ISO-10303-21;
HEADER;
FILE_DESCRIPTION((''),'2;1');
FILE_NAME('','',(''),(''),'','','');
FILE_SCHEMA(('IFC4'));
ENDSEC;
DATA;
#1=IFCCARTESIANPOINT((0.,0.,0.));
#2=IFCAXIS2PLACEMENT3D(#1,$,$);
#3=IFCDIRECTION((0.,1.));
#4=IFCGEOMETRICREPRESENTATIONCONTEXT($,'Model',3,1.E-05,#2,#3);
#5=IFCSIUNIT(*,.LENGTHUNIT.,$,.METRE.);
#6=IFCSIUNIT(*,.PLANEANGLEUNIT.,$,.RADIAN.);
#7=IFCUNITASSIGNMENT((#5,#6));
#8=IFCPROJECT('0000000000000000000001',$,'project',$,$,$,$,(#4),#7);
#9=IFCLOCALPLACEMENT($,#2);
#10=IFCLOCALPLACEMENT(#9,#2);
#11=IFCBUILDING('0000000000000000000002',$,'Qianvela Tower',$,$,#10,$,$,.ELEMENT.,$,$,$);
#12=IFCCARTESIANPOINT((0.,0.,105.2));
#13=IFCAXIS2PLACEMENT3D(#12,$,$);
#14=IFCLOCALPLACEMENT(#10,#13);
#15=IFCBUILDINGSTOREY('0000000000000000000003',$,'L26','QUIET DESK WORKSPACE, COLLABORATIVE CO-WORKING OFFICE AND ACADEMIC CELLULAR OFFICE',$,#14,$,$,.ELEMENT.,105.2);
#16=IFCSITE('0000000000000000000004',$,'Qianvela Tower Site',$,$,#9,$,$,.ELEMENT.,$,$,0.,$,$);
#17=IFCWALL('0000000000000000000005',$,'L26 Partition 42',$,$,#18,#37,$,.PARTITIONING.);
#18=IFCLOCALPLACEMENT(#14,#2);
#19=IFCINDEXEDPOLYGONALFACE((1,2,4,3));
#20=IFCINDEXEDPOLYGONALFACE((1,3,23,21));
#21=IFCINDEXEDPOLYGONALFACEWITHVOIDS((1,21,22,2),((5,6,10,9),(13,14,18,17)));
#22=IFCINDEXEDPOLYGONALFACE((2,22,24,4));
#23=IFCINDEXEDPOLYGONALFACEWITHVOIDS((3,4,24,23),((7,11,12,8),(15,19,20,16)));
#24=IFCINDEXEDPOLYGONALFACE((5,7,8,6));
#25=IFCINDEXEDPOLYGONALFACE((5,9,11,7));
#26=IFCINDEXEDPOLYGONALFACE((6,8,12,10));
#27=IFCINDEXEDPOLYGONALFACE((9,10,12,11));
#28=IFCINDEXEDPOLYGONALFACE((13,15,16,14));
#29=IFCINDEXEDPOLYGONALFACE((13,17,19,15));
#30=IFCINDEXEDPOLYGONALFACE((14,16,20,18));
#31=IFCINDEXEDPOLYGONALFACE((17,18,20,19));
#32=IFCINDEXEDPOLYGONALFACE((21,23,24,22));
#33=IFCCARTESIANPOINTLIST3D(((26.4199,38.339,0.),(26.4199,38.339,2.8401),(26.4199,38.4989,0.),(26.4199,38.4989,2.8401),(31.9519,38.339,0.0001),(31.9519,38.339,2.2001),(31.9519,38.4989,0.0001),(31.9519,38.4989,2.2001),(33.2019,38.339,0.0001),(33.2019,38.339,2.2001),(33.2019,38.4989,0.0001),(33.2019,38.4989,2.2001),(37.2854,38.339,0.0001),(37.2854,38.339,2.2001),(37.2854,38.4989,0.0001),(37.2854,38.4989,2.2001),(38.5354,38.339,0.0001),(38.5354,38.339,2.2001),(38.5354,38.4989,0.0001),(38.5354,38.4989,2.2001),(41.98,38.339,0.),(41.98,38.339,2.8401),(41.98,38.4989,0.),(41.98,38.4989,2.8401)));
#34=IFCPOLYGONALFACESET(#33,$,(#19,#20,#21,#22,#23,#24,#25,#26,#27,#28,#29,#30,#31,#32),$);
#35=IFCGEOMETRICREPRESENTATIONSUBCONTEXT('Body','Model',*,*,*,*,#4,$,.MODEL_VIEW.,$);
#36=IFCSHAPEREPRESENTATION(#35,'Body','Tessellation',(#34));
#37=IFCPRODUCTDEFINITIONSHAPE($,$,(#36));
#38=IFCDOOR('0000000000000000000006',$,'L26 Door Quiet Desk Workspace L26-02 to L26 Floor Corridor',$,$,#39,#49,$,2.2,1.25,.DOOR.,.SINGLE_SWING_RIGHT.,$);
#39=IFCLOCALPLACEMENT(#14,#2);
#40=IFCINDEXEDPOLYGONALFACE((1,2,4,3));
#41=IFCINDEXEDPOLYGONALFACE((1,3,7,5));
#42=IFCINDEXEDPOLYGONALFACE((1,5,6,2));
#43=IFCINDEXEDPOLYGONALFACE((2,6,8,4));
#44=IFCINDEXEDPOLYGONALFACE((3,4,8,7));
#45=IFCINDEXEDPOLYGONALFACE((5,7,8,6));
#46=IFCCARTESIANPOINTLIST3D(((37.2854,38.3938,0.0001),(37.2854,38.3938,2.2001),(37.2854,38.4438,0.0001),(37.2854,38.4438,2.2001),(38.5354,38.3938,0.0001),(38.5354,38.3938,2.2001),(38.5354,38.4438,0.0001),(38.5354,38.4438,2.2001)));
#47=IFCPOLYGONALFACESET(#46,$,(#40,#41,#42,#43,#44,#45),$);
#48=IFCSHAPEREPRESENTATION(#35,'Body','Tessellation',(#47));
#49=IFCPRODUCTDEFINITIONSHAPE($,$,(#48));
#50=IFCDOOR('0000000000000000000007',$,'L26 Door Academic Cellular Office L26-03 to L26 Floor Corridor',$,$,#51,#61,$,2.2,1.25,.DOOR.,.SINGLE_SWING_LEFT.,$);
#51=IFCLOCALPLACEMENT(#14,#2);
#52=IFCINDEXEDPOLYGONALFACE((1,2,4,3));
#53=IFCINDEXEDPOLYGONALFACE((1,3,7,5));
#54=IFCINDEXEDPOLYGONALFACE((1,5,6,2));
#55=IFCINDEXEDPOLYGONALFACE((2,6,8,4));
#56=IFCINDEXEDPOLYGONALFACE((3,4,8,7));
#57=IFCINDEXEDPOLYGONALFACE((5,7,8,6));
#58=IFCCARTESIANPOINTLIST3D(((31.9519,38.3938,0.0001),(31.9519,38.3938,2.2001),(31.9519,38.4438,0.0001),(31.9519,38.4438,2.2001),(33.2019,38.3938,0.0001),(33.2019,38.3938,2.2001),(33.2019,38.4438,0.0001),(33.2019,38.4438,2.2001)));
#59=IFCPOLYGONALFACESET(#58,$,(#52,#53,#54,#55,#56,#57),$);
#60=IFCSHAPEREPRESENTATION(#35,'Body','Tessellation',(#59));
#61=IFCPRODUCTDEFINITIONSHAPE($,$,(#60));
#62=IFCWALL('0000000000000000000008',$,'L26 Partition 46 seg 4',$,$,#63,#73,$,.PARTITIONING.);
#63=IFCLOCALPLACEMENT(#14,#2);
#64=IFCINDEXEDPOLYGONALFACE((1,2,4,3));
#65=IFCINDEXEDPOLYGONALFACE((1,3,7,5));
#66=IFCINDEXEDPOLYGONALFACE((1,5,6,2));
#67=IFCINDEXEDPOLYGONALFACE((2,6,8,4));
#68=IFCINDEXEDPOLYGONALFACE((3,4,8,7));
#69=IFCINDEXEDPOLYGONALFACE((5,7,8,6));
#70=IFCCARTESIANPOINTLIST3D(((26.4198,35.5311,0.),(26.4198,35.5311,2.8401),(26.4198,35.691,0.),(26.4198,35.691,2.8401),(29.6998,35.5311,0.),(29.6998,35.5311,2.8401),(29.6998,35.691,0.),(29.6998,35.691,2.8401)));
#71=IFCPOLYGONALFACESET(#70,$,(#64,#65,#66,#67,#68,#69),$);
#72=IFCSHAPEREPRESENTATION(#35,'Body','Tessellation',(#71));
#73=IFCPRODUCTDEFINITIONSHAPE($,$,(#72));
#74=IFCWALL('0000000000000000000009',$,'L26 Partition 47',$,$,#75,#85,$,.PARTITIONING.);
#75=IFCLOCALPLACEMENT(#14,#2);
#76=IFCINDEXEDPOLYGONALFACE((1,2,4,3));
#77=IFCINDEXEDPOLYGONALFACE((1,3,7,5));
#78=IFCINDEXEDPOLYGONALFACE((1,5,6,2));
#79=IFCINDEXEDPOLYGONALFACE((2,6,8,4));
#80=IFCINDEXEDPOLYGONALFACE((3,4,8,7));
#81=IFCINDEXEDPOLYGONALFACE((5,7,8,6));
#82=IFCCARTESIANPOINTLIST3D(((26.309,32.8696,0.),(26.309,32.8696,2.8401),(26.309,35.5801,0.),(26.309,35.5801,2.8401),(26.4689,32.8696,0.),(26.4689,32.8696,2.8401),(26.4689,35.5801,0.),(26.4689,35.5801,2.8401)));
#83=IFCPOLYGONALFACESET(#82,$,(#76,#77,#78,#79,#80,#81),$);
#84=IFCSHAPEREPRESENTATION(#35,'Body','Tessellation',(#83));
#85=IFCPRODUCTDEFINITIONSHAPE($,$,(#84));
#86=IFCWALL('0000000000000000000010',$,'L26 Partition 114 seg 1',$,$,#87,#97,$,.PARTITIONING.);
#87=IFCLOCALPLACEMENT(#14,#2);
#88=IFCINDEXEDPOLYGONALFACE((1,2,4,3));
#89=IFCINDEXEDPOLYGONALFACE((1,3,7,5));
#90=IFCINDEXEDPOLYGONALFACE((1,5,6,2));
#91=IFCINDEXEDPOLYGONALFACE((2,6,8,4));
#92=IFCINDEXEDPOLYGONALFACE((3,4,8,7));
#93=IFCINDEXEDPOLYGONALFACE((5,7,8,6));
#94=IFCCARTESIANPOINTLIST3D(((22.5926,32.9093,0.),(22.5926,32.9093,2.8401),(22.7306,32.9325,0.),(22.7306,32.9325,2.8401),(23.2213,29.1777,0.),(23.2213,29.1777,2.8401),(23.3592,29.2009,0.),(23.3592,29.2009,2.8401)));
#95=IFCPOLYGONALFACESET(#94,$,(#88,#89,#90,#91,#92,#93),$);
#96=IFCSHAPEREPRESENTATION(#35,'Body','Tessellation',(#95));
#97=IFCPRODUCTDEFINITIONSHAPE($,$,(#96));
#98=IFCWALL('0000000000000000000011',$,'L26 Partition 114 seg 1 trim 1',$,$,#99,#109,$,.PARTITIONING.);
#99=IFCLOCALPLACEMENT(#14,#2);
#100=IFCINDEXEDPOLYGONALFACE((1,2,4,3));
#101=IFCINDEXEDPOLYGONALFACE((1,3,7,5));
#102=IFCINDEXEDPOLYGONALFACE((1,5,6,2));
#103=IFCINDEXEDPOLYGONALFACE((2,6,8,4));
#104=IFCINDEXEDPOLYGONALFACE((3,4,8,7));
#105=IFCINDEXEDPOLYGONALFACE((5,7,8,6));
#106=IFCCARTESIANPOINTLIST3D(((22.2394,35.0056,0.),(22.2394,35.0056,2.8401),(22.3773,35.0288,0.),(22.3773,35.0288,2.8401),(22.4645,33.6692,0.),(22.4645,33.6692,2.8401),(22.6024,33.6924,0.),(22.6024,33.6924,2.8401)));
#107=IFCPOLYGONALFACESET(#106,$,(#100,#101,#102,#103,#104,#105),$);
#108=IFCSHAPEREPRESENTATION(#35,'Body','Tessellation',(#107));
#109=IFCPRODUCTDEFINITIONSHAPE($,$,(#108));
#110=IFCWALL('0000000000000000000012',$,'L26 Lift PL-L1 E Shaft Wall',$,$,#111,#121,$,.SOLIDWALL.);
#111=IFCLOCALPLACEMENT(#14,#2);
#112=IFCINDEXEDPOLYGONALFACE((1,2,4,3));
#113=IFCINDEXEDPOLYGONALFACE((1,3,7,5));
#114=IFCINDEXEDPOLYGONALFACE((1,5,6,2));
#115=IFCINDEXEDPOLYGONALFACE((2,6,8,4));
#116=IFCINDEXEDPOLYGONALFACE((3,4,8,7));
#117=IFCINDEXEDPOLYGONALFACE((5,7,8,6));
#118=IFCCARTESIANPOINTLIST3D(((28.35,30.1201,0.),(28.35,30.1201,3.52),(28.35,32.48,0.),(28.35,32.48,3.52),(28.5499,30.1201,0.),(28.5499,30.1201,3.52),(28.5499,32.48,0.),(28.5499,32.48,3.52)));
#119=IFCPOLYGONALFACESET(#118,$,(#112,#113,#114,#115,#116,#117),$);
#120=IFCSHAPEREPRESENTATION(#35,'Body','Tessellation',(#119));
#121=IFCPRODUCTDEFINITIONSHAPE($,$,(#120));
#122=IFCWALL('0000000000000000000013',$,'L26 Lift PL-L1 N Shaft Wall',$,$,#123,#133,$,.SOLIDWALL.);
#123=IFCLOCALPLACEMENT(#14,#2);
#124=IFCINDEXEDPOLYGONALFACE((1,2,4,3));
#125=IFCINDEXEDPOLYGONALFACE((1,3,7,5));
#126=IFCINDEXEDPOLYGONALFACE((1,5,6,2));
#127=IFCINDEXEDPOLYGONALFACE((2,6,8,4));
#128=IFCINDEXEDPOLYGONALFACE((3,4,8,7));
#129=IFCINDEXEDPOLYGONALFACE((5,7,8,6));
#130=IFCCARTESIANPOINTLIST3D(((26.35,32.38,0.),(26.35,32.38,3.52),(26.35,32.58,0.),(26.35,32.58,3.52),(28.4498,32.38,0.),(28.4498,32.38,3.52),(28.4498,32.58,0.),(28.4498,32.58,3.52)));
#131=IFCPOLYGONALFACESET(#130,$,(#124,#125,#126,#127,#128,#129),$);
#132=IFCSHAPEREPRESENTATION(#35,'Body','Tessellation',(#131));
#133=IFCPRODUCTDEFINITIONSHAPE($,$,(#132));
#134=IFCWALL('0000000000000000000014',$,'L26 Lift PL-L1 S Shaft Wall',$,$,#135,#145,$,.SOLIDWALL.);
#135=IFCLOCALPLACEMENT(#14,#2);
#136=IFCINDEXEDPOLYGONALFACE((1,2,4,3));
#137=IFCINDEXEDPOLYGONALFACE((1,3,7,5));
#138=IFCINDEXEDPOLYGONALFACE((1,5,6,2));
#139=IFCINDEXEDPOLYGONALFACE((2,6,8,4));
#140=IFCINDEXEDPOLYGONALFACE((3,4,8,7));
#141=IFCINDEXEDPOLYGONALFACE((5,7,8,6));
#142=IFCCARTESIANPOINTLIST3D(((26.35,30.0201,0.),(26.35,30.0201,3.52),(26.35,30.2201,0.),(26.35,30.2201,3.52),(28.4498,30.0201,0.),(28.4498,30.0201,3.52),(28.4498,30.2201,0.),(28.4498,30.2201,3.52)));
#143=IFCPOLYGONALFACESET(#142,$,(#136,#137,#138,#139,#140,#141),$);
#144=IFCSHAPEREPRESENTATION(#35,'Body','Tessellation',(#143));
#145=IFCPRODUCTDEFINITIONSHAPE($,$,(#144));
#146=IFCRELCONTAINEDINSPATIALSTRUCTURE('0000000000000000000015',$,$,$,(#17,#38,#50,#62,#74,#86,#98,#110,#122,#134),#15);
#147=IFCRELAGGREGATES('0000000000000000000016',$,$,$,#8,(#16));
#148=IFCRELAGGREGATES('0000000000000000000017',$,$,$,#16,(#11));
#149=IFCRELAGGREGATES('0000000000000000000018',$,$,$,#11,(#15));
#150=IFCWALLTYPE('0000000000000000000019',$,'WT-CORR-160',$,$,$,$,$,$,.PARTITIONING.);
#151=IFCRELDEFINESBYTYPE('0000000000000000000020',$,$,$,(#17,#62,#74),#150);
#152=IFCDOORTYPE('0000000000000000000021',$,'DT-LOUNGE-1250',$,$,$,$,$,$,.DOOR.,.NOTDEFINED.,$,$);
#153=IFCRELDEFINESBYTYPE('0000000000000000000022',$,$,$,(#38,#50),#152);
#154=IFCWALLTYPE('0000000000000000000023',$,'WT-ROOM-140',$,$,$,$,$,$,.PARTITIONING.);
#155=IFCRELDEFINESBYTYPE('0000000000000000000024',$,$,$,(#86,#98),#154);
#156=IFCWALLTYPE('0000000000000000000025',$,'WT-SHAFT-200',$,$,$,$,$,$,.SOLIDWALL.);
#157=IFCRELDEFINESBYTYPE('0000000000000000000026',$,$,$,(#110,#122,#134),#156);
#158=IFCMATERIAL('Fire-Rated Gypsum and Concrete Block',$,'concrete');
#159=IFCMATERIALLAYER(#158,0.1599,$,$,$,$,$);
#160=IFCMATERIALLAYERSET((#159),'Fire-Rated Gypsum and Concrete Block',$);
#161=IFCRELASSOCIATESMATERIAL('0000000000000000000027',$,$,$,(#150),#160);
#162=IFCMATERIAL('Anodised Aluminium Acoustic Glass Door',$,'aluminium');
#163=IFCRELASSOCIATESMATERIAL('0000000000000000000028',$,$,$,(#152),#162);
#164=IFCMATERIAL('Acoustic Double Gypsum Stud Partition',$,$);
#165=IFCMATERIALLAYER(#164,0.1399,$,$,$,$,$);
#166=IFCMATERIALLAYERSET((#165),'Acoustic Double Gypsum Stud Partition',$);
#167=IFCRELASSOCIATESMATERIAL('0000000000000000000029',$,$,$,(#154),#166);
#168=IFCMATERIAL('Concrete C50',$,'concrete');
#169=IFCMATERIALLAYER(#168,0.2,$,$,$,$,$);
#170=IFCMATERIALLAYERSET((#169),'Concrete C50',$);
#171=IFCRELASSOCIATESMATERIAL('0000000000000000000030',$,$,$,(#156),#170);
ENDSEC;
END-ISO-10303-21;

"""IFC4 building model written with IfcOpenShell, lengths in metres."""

from ifc_helpers import new_model, si_unit, direction, frame, frame_2d, origin, place, context, subcontext, project, spatial, rectangle, extrude, material, layer, layer_set, type_object, element, fill, save


model = new_model("IFC4")

# Units and contexts
model_context = context("Model", 3, precision=1e-05, world=origin(), true_north=direction((0.0, 1.0)))
body_context = subcontext(model_context, "Body", "Model", "MODEL_VIEW")
ifc_project = project(units=[si_unit("LENGTHUNIT", "METRE"), si_unit("PLANEANGLEUNIT", "RADIAN")], contexts=[model_context])

# Site, building, storey
site_placement = place(None, origin())
site = spatial("IfcSite", under=ifc_project, at=site_placement, Name="Qianvela Tower Site", CompositionType="ELEMENT", RefElevation=0.0)
building_placement = place(site_placement, origin())
building = spatial("IfcBuilding", under=site, at=building_placement, Name="Qianvela Tower", CompositionType="ELEMENT")
storey_placement = place(building_placement, frame((0.0, 0.0, 105.2)))
storey = spatial("IfcBuildingStorey", under=building, at=storey_placement, Name="L26", Description="QUIET DESK WORKSPACE, COLLABORATIVE CO-WORKING OFFICE AND ACADEMIC CELLULAR OFFICE", CompositionType="ELEMENT", Elevation=105.2)

# Shared definitions
ifc_material_1 = material(Name="Fire-Rated Gypsum and Concrete Block", Category="concrete")
ifc_layer_1 = layer(ifc_material_1, 0.1599)
ifc_layer_set_1 = layer_set([ifc_layer_1], Name="Fire-Rated Gypsum and Concrete Block")
wall_type_1 = type_object("IfcWallType", Name="WT-CORR-160", PredefinedType="PARTITIONING", material=ifc_layer_set_1)

# Wall, openings, doors
wall_1_placement = place(storey_placement, frame((26.4199, 38.4189, 0.0), z_axis=(0.0, 0.0, 1.0), x_axis=(1.0, 0.0, 0.0)))
wall_1 = element("IfcWall", 1, at=wall_1_placement, inside=storey, type_object=wall_type_1, Name="L26 Partition 42", PredefinedType="PARTITIONING", context=body_context, shape_type="SweptSolid", body=[
    extrude(rectangle(XDim=15.5601, YDim=0.1599, at=frame_2d((7.78, 0.0))), origin(), (0.0, 0.0, 1.0), 2.8401),
])
opening_1_placement = place(wall_1_placement, frame((10.8655, 0.0, 0.0)))
opening_1 = element("IfcOpeningElement", 2, at=opening_1_placement, cuts=wall_1, PredefinedType="OPENING", context=body_context, shape_type="SweptSolid", body=[
    extrude(rectangle(XDim=1.25, YDim=2.2, at=frame_2d((0.625, 1.1001))), frame((0.0, 0.0898, 0.0), z_axis=(0.0, -1.0, 0.0), x_axis=(1.0, 0.0, 0.0)), (0.0, 0.0, 1.0), 0.1799),
])
opening_2_placement = place(wall_1_placement, frame((5.532, 0.0, 0.0)))
opening_2 = element("IfcOpeningElement", 3, at=opening_2_placement, cuts=wall_1, PredefinedType="OPENING", context=body_context, shape_type="SweptSolid", body=[
    extrude(rectangle(XDim=1.25, YDim=2.2, at=frame_2d((0.625, 1.1001))), frame((0.0, 0.0898, 0.0), z_axis=(0.0, -1.0, 0.0), x_axis=(1.0, 0.0, 0.0)), (0.0, 0.0, 1.0), 0.1799),
])
ifc_material_2 = material(Name="Anodised Aluminium Acoustic Glass Door", Category="aluminium")
door_type_1 = type_object("IfcDoorType", Name="DT-LOUNGE-1250", OperationType="NOTDEFINED", PredefinedType="DOOR", material=ifc_material_2)
door_1_placement = place(opening_1_placement, origin())
door_1 = element("IfcDoor", 4, at=door_1_placement, inside=storey, type_object=door_type_1, Name="L26 Door Quiet Desk Workspace L26-02 to L26 Floor Corridor", OperationType="SINGLE_SWING_RIGHT", OverallHeight=2.2, OverallWidth=1.25, PredefinedType="DOOR", context=body_context, shape_type="SweptSolid", body=[
    extrude(rectangle(XDim=1.25, YDim=2.2, at=frame_2d((0.625, 1.1001))), frame((0.0, 0.0249, 0.0), z_axis=(0.0, -1.0, 0.0), x_axis=(1.0, 0.0, 0.0)), (0.0, 0.0, 1.0), 0.05),
])
fill(opening_1, door_1)
door_2_placement = place(opening_2_placement, origin())
door_2 = element("IfcDoor", 5, at=door_2_placement, inside=storey, type_object=door_type_1, Name="L26 Door Academic Cellular Office L26-03 to L26 Floor Corridor", OperationType="SINGLE_SWING_LEFT", OverallHeight=2.2, OverallWidth=1.25, PredefinedType="DOOR", context=body_context, shape_type="SweptSolid", body=[
    extrude(rectangle(XDim=1.25, YDim=2.2, at=frame_2d((0.625, 1.1001))), frame((0.0, 0.0249, 0.0), z_axis=(0.0, -1.0, 0.0), x_axis=(1.0, 0.0, 0.0)), (0.0, 0.0, 1.0), 0.05),
])
fill(opening_2, door_2)

# Walls
wall_2_placement = place(storey_placement, frame((29.7, 35.6111, 0.0), z_axis=(0.0, 0.0, 1.0), x_axis=(-1.0, 0.0, 0.0)))
element("IfcWall", 6, at=wall_2_placement, inside=storey, type_object=wall_type_1, Name="L26 Partition 46 seg 4", PredefinedType="PARTITIONING", context=body_context, shape_type="SweptSolid", body=[
    extrude(rectangle(XDim=3.28, YDim=0.1599, at=frame_2d((1.6401, 0.0))), origin(), (0.0, 0.0, 1.0), 2.8401),
])
wall_3_placement = place(storey_placement, frame((26.3889, 35.5801, 0.0), z_axis=(0.0, 0.0, 1.0), x_axis=(0.0, -1.0, 0.0)))
element("IfcWall", 7, at=wall_3_placement, inside=storey, type_object=wall_type_1, Name="L26 Partition 47", PredefinedType="PARTITIONING", context=body_context, shape_type="SweptSolid", body=[
    extrude(rectangle(XDim=2.7104, YDim=0.1599, at=frame_2d((1.3552, 0.0))), origin(), (0.0, 0.0, 1.0), 2.8401),
])
ifc_material_3 = material(Name="Acoustic Double Gypsum Stud Partition")
ifc_layer_2 = layer(ifc_material_3, 0.1399)
ifc_layer_set_2 = layer_set([ifc_layer_2], Name="Acoustic Double Gypsum Stud Partition")
wall_type_2 = type_object("IfcWallType", Name="WT-ROOM-140", PredefinedType="PARTITIONING", material=ifc_layer_set_2)
wall_4_placement = place(storey_placement, frame((22.6616, 32.9209, 0.0), z_axis=(0.0, 0.0, 1.0), x_axis=(0.166125, -0.986105, 0.0)))
element("IfcWall", 8, at=wall_4_placement, inside=storey, type_object=wall_type_2, Name="L26 Partition 114 seg 1", PredefinedType="PARTITIONING", context=body_context, shape_type="SweptSolid", body=[
    extrude(rectangle(XDim=3.7842, YDim=0.1399, at=frame_2d((1.8921, 0.0))), origin(), (0.0, 0.0, 1.0), 2.8401),
])
wall_5_placement = place(storey_placement, frame((22.3083, 35.0173, 0.0), z_axis=(0.0, 0.0, 1.0), x_axis=(0.166093, -0.98611, 0.0)))
element("IfcWall", 9, at=wall_5_placement, inside=storey, type_object=wall_type_2, Name="L26 Partition 114 seg 1 trim 1", PredefinedType="PARTITIONING", context=body_context, shape_type="SweptSolid", body=[
    extrude(rectangle(XDim=1.3552, YDim=0.1399, at=frame_2d((0.6777, 0.0))), origin(), (0.0, 0.0, 1.0), 2.8401),
])
ifc_material_4 = material(Name="Concrete C50", Category="concrete")
ifc_layer_3 = layer(ifc_material_4, 0.2)
ifc_layer_set_3 = layer_set([ifc_layer_3], Name="Concrete C50")
wall_type_3 = type_object("IfcWallType", Name="WT-SHAFT-200", PredefinedType="SOLIDWALL", material=ifc_layer_set_3)
wall_6_placement = place(storey_placement, frame((28.45, 30.1201, 0.0), z_axis=(0.0, 0.0, 1.0), x_axis=(0.0, 1.0, 0.0)))
element("IfcWall", 10, at=wall_6_placement, inside=storey, type_object=wall_type_3, Name="L26 Lift PL-L1 E Shaft Wall", PredefinedType="SOLIDWALL", context=body_context, shape_type="SweptSolid", body=[
    extrude(rectangle(XDim=2.3599, YDim=0.2, at=frame_2d((1.1799, 0.0))), origin(), (0.0, 0.0, 1.0), 3.52),
])

# Walls
for number, where, z_axis, x_axis, name in (
    (11, (26.3501, 32.48, 0.0), (0.0, 0.0, 1.0), (1.0, 0.0, 0.0), "L26 Lift PL-L1 N Shaft Wall"),
    (12, (26.3501, 30.1201, 0.0), (0.0, 0.0, 1.0), (1.0, 0.0, 0.0), "L26 Lift PL-L1 S Shaft Wall"),
):
    element("IfcWall", number, at=place(storey_placement, frame(where, z_axis=z_axis, x_axis=x_axis)), inside=storey, type_object=wall_type_3, Name=name, PredefinedType="SOLIDWALL", context=body_context, shape_type="SweptSolid", body=[
        extrude(rectangle(XDim=2.0999, YDim=0.2, at=frame_2d((1.0498, 0.0))), origin(), (0.0, 0.0, 1.0), 3.52),
    ])

save(model, "model.ifc")
